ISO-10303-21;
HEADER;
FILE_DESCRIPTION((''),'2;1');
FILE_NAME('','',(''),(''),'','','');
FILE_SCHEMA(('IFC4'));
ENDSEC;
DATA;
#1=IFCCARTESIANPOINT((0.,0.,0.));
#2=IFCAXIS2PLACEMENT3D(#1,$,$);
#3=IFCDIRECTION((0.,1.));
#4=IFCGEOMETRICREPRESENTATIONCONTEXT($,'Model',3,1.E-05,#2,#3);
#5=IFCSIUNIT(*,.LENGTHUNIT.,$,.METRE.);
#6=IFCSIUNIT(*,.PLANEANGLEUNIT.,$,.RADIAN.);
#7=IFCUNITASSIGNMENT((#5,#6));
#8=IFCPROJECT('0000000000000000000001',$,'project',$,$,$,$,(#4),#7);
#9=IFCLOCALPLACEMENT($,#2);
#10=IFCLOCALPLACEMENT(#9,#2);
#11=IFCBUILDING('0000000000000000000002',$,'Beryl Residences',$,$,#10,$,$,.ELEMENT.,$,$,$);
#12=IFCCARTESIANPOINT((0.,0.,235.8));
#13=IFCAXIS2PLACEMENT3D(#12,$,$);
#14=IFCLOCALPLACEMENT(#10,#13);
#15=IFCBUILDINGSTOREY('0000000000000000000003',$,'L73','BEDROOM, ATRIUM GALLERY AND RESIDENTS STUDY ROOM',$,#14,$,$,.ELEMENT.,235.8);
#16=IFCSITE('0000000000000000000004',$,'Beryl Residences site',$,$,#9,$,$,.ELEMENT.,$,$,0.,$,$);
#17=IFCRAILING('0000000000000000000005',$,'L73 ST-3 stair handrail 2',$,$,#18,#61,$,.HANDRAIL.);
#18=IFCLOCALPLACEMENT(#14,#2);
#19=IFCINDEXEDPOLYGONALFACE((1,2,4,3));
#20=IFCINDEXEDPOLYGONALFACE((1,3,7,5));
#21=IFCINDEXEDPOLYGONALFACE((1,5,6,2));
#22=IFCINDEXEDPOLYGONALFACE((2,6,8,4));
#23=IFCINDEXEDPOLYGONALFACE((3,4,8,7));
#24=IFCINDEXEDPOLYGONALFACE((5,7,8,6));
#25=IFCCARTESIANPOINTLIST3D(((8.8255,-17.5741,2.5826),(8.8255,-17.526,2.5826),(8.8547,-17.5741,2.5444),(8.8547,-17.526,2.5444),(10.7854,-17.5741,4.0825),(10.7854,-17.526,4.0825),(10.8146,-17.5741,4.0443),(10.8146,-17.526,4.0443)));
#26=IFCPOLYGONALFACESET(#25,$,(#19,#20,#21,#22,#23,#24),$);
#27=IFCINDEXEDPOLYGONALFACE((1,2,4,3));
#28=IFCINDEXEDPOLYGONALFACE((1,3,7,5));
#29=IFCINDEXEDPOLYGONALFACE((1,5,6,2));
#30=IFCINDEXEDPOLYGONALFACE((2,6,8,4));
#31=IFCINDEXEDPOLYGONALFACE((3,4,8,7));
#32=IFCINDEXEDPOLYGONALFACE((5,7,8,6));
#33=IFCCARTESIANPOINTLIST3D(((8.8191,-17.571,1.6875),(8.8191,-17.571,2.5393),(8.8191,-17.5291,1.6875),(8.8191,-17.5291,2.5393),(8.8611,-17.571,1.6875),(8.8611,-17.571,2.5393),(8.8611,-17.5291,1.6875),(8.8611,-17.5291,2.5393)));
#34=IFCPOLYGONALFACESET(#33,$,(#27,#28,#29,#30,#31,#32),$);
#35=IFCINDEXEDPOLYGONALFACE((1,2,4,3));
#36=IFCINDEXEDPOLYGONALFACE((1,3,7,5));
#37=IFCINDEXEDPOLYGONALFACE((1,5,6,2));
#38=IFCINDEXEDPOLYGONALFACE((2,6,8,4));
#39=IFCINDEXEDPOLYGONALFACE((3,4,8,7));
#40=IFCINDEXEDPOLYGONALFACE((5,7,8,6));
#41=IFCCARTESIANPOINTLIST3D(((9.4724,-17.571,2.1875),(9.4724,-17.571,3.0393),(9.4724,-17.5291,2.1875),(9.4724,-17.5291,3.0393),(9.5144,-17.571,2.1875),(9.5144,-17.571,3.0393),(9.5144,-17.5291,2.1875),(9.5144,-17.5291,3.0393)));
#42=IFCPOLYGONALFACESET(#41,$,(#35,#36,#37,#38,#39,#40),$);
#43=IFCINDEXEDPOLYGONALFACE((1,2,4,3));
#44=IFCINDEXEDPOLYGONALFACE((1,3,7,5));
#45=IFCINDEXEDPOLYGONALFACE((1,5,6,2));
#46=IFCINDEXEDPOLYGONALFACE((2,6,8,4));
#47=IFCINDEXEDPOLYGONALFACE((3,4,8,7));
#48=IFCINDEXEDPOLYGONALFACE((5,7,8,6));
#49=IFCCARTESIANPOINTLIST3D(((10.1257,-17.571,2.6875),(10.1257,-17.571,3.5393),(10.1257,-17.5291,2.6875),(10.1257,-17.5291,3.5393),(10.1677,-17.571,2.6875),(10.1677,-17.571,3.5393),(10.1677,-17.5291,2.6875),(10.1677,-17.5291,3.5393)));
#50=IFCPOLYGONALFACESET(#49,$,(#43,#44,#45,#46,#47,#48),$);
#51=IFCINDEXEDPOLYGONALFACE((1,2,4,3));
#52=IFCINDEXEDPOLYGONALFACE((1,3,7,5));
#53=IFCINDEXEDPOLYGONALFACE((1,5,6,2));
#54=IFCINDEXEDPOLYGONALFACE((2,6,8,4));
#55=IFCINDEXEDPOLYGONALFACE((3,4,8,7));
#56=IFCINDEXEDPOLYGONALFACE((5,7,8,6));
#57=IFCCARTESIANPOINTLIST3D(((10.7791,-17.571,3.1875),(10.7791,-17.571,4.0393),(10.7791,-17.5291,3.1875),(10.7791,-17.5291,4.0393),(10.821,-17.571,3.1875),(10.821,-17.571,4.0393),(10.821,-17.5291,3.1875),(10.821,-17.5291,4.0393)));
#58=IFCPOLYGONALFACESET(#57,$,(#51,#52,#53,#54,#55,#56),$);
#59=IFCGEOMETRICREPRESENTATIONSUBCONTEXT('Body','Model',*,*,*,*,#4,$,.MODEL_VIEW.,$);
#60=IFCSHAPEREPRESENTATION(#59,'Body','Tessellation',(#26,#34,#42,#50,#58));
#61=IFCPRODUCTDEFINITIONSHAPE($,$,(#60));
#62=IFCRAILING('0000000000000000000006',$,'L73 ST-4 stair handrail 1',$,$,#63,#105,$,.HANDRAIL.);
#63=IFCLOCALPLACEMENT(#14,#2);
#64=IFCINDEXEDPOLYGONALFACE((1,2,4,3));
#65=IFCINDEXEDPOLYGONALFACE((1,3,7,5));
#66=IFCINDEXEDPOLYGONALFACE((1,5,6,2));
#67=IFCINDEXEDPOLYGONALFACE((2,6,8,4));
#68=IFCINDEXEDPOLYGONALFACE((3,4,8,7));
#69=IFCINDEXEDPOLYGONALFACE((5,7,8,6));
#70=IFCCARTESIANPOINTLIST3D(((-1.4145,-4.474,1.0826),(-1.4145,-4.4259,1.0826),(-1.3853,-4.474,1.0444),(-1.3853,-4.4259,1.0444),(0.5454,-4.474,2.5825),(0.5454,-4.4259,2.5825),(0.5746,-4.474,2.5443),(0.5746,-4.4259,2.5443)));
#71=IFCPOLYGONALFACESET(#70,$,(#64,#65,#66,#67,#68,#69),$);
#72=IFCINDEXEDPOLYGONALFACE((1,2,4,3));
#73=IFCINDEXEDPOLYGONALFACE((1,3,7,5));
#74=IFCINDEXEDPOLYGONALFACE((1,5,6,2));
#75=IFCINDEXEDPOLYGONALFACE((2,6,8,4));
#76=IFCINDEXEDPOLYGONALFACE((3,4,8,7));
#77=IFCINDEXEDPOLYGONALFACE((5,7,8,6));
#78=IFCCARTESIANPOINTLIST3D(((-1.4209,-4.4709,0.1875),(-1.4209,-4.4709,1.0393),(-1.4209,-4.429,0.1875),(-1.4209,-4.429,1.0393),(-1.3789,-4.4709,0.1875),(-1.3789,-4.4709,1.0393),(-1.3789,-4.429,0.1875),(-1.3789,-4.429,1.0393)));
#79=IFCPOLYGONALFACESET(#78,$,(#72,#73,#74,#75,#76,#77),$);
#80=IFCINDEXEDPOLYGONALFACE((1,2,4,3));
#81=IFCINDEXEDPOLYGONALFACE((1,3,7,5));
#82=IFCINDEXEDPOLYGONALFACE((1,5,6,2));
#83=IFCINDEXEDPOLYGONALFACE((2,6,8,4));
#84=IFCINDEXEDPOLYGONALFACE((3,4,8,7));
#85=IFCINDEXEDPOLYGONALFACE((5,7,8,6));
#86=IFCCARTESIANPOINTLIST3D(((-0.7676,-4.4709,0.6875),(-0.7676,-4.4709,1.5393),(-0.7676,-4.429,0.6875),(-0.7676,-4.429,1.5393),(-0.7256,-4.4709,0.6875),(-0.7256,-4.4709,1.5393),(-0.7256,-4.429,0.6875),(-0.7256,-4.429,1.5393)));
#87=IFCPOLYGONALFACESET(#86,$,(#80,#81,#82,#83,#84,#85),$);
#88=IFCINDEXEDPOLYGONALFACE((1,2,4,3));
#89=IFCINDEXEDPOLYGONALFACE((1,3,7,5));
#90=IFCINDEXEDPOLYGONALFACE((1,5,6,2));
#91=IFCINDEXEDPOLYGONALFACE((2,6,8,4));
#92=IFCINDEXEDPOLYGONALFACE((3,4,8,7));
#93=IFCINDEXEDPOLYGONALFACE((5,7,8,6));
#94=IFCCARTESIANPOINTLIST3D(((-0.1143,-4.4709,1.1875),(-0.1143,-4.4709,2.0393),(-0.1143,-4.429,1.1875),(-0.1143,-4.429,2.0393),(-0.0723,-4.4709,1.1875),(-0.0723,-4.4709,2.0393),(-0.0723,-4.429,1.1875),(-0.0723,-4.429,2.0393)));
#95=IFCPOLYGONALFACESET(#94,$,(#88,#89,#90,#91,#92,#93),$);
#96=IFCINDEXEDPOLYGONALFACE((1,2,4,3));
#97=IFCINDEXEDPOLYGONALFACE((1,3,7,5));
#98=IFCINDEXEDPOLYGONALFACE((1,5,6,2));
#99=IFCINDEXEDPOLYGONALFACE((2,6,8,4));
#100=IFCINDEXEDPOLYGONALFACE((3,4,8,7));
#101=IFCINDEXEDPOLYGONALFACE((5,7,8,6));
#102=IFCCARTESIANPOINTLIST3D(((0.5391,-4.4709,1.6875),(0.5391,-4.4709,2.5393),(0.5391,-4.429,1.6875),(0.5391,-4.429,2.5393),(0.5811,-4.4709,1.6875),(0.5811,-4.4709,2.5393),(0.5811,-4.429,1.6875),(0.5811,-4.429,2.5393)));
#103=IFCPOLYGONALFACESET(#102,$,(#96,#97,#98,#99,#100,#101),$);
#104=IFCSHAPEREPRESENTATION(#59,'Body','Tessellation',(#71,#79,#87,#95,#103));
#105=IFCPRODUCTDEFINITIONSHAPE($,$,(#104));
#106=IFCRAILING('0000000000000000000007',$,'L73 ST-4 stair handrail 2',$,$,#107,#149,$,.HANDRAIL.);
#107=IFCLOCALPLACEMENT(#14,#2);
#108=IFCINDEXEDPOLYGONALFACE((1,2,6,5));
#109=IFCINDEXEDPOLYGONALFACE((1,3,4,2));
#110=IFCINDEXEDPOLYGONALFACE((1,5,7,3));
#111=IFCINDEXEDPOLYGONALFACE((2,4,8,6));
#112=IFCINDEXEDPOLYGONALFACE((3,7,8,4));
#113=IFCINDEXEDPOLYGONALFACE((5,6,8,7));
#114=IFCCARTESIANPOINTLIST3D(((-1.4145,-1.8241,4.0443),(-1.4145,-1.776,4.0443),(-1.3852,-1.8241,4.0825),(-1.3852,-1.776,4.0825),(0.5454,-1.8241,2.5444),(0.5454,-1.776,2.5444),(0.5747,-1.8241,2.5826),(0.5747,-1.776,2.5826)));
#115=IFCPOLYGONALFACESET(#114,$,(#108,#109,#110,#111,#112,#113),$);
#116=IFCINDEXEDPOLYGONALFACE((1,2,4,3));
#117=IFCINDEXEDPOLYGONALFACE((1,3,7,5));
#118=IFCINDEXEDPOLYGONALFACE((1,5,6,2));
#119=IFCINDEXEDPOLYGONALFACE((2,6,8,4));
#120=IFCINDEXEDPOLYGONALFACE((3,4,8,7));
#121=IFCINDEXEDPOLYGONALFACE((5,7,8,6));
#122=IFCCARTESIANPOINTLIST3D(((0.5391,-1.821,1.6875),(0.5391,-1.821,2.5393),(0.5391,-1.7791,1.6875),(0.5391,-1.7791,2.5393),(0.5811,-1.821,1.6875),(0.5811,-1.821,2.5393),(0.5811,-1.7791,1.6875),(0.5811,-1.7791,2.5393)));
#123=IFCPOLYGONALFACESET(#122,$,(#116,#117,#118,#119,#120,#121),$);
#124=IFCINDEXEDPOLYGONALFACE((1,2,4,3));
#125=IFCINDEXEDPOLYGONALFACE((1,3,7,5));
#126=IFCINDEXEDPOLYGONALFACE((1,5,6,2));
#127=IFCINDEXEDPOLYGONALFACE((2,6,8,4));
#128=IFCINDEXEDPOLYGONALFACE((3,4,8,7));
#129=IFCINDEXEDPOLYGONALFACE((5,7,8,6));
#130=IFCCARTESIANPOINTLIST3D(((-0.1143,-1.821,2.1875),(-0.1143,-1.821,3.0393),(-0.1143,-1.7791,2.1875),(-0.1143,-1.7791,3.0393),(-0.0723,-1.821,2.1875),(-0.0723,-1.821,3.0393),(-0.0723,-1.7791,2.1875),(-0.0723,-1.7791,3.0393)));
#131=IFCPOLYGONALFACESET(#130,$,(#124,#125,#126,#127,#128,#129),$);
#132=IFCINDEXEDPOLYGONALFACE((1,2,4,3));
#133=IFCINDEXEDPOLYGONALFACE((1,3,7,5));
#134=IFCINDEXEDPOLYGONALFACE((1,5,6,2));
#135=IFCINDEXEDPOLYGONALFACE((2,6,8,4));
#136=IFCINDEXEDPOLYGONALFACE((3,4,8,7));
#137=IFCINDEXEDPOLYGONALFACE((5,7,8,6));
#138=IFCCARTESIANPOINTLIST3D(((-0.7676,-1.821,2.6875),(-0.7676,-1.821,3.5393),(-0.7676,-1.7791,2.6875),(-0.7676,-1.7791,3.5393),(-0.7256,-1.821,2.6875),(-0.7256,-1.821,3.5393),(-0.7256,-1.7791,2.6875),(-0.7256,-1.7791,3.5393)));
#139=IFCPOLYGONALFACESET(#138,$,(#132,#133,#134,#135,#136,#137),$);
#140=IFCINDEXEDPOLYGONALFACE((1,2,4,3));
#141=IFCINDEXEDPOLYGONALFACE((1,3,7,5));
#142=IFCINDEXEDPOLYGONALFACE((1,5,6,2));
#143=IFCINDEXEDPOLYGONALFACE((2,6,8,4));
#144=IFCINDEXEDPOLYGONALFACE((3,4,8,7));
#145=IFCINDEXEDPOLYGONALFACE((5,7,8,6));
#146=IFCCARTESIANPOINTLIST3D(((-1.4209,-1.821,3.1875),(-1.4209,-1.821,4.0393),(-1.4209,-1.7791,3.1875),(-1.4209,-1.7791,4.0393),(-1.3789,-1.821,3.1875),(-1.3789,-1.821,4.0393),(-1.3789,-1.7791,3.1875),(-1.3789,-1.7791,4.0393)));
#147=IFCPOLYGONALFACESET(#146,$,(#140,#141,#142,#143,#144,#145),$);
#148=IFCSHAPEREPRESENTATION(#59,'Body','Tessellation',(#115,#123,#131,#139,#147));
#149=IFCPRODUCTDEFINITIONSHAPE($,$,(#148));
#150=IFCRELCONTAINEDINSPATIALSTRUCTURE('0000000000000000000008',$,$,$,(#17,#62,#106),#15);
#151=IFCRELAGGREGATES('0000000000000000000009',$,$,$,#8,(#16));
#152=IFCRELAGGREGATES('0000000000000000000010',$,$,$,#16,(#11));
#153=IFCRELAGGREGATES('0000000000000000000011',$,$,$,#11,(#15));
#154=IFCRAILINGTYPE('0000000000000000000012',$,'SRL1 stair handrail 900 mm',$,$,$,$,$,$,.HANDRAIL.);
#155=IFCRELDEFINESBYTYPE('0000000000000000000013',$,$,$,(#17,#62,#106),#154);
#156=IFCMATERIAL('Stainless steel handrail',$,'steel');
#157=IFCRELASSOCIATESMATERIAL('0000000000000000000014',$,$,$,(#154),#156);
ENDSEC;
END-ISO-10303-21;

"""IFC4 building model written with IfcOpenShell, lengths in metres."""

from ifc_helpers import new_model, si_unit, direction, frame, origin, origin_2d, place, context, subcontext, project, spatial, rectangle, extrude, material, type_object, element, save


model = new_model("IFC4")

# Units and contexts
model_context = context("Model", 3, precision=1e-05, world=origin(), true_north=direction((0.0, 1.0)))
body_context = subcontext(model_context, "Body", "Model", "MODEL_VIEW")
ifc_project = project(units=[si_unit("LENGTHUNIT", "METRE"), si_unit("PLANEANGLEUNIT", "RADIAN")], contexts=[model_context])

# Site, building, storey
site_placement = place(None, origin())
site = spatial("IfcSite", under=ifc_project, at=site_placement, Name="Beryl Residences site", CompositionType="ELEMENT", RefElevation=0.0)
building_placement = place(site_placement, origin())
building = spatial("IfcBuilding", under=site, at=building_placement, Name="Beryl Residences", CompositionType="ELEMENT")
storey_placement = place(building_placement, frame((0.0, 0.0, 235.8)))
storey = spatial("IfcBuildingStorey", under=building, at=storey_placement, Name="L73", Description="BEDROOM, ATRIUM GALLERY AND RESIDENTS STUDY ROOM", CompositionType="ELEMENT", Elevation=235.8)

# Railings
ifc_material_1 = material(Name="Stainless steel handrail", Category="steel")
railing_type_1 = type_object("IfcRailingType", Name="SRL1 stair handrail 900 mm", PredefinedType="HANDRAIL", material=ifc_material_1)
for number, where, name in (
    (1, (8.8401, -17.55, 1.6875), "L73 ST-3 stair handrail 2"),
    (2, (-1.3999, -4.45, 0.1875), "L73 ST-4 stair handrail 1"),
):
    element("IfcRailing", number, at=place(storey_placement, frame(where)), inside=storey, type_object=railing_type_1, Name=name, PredefinedType="HANDRAIL", context=body_context, shape_type="SweptSolid", body=[
        extrude(rectangle(XDim=0.0481, YDim=0.0481, at=origin_2d()), frame((0.0, 0.0, 0.876), z_axis=(0.794122, 0.0, 0.607758), x_axis=(0.0, 1.0, 0.0)), (0.0, 0.0, 1.0), 2.468),
        extrude(rectangle(XDim=0.042, YDim=0.042, at=origin_2d()), origin(), (0.0, 0.0, 1.0), 0.8518),
        extrude(rectangle(XDim=0.042, YDim=0.042, at=origin_2d()), frame((0.6533, 0.0, 0.5)), (0.0, 0.0, 1.0), 0.8518),
        extrude(rectangle(XDim=0.042, YDim=0.042, at=origin_2d()), frame((1.3066, 0.0, 1.0)), (0.0, 0.0, 1.0), 0.8518),
        extrude(rectangle(XDim=0.042, YDim=0.042, at=origin_2d()), frame((1.96, 0.0, 1.5)), (0.0, 0.0, 1.0), 0.8518),
    ])
railing_1_placement = place(storey_placement, frame((0.5601, -1.8, 1.6875)))
element("IfcRailing", 3, at=railing_1_placement, inside=storey, type_object=railing_type_1, Name="L73 ST-4 stair handrail 2", PredefinedType="HANDRAIL", context=body_context, shape_type="SweptSolid", body=[
    extrude(rectangle(XDim=0.0481, YDim=0.0481, at=origin_2d()), frame((0.0, 0.0, 0.876), z_axis=(-0.794122, 0.0, 0.607758), x_axis=(0.0, -1.0, 0.0)), (0.0, 0.0, 1.0), 2.468),
    extrude(rectangle(XDim=0.042, YDim=0.042, at=origin_2d()), origin(), (0.0, 0.0, 1.0), 0.8518),
    extrude(rectangle(XDim=0.042, YDim=0.042, at=origin_2d()), frame((-0.6533, 0.0, 0.5)), (0.0, 0.0, 1.0), 0.8518),
    extrude(rectangle(XDim=0.042, YDim=0.042, at=origin_2d()), frame((-1.3066, 0.0, 1.0)), (0.0, 0.0, 1.0), 0.8518),
    extrude(rectangle(XDim=0.042, YDim=0.042, at=origin_2d()), frame((-1.96, 0.0, 1.5)), (0.0, 0.0, 1.0), 0.8518),
])

save(model, "model.ifc")
